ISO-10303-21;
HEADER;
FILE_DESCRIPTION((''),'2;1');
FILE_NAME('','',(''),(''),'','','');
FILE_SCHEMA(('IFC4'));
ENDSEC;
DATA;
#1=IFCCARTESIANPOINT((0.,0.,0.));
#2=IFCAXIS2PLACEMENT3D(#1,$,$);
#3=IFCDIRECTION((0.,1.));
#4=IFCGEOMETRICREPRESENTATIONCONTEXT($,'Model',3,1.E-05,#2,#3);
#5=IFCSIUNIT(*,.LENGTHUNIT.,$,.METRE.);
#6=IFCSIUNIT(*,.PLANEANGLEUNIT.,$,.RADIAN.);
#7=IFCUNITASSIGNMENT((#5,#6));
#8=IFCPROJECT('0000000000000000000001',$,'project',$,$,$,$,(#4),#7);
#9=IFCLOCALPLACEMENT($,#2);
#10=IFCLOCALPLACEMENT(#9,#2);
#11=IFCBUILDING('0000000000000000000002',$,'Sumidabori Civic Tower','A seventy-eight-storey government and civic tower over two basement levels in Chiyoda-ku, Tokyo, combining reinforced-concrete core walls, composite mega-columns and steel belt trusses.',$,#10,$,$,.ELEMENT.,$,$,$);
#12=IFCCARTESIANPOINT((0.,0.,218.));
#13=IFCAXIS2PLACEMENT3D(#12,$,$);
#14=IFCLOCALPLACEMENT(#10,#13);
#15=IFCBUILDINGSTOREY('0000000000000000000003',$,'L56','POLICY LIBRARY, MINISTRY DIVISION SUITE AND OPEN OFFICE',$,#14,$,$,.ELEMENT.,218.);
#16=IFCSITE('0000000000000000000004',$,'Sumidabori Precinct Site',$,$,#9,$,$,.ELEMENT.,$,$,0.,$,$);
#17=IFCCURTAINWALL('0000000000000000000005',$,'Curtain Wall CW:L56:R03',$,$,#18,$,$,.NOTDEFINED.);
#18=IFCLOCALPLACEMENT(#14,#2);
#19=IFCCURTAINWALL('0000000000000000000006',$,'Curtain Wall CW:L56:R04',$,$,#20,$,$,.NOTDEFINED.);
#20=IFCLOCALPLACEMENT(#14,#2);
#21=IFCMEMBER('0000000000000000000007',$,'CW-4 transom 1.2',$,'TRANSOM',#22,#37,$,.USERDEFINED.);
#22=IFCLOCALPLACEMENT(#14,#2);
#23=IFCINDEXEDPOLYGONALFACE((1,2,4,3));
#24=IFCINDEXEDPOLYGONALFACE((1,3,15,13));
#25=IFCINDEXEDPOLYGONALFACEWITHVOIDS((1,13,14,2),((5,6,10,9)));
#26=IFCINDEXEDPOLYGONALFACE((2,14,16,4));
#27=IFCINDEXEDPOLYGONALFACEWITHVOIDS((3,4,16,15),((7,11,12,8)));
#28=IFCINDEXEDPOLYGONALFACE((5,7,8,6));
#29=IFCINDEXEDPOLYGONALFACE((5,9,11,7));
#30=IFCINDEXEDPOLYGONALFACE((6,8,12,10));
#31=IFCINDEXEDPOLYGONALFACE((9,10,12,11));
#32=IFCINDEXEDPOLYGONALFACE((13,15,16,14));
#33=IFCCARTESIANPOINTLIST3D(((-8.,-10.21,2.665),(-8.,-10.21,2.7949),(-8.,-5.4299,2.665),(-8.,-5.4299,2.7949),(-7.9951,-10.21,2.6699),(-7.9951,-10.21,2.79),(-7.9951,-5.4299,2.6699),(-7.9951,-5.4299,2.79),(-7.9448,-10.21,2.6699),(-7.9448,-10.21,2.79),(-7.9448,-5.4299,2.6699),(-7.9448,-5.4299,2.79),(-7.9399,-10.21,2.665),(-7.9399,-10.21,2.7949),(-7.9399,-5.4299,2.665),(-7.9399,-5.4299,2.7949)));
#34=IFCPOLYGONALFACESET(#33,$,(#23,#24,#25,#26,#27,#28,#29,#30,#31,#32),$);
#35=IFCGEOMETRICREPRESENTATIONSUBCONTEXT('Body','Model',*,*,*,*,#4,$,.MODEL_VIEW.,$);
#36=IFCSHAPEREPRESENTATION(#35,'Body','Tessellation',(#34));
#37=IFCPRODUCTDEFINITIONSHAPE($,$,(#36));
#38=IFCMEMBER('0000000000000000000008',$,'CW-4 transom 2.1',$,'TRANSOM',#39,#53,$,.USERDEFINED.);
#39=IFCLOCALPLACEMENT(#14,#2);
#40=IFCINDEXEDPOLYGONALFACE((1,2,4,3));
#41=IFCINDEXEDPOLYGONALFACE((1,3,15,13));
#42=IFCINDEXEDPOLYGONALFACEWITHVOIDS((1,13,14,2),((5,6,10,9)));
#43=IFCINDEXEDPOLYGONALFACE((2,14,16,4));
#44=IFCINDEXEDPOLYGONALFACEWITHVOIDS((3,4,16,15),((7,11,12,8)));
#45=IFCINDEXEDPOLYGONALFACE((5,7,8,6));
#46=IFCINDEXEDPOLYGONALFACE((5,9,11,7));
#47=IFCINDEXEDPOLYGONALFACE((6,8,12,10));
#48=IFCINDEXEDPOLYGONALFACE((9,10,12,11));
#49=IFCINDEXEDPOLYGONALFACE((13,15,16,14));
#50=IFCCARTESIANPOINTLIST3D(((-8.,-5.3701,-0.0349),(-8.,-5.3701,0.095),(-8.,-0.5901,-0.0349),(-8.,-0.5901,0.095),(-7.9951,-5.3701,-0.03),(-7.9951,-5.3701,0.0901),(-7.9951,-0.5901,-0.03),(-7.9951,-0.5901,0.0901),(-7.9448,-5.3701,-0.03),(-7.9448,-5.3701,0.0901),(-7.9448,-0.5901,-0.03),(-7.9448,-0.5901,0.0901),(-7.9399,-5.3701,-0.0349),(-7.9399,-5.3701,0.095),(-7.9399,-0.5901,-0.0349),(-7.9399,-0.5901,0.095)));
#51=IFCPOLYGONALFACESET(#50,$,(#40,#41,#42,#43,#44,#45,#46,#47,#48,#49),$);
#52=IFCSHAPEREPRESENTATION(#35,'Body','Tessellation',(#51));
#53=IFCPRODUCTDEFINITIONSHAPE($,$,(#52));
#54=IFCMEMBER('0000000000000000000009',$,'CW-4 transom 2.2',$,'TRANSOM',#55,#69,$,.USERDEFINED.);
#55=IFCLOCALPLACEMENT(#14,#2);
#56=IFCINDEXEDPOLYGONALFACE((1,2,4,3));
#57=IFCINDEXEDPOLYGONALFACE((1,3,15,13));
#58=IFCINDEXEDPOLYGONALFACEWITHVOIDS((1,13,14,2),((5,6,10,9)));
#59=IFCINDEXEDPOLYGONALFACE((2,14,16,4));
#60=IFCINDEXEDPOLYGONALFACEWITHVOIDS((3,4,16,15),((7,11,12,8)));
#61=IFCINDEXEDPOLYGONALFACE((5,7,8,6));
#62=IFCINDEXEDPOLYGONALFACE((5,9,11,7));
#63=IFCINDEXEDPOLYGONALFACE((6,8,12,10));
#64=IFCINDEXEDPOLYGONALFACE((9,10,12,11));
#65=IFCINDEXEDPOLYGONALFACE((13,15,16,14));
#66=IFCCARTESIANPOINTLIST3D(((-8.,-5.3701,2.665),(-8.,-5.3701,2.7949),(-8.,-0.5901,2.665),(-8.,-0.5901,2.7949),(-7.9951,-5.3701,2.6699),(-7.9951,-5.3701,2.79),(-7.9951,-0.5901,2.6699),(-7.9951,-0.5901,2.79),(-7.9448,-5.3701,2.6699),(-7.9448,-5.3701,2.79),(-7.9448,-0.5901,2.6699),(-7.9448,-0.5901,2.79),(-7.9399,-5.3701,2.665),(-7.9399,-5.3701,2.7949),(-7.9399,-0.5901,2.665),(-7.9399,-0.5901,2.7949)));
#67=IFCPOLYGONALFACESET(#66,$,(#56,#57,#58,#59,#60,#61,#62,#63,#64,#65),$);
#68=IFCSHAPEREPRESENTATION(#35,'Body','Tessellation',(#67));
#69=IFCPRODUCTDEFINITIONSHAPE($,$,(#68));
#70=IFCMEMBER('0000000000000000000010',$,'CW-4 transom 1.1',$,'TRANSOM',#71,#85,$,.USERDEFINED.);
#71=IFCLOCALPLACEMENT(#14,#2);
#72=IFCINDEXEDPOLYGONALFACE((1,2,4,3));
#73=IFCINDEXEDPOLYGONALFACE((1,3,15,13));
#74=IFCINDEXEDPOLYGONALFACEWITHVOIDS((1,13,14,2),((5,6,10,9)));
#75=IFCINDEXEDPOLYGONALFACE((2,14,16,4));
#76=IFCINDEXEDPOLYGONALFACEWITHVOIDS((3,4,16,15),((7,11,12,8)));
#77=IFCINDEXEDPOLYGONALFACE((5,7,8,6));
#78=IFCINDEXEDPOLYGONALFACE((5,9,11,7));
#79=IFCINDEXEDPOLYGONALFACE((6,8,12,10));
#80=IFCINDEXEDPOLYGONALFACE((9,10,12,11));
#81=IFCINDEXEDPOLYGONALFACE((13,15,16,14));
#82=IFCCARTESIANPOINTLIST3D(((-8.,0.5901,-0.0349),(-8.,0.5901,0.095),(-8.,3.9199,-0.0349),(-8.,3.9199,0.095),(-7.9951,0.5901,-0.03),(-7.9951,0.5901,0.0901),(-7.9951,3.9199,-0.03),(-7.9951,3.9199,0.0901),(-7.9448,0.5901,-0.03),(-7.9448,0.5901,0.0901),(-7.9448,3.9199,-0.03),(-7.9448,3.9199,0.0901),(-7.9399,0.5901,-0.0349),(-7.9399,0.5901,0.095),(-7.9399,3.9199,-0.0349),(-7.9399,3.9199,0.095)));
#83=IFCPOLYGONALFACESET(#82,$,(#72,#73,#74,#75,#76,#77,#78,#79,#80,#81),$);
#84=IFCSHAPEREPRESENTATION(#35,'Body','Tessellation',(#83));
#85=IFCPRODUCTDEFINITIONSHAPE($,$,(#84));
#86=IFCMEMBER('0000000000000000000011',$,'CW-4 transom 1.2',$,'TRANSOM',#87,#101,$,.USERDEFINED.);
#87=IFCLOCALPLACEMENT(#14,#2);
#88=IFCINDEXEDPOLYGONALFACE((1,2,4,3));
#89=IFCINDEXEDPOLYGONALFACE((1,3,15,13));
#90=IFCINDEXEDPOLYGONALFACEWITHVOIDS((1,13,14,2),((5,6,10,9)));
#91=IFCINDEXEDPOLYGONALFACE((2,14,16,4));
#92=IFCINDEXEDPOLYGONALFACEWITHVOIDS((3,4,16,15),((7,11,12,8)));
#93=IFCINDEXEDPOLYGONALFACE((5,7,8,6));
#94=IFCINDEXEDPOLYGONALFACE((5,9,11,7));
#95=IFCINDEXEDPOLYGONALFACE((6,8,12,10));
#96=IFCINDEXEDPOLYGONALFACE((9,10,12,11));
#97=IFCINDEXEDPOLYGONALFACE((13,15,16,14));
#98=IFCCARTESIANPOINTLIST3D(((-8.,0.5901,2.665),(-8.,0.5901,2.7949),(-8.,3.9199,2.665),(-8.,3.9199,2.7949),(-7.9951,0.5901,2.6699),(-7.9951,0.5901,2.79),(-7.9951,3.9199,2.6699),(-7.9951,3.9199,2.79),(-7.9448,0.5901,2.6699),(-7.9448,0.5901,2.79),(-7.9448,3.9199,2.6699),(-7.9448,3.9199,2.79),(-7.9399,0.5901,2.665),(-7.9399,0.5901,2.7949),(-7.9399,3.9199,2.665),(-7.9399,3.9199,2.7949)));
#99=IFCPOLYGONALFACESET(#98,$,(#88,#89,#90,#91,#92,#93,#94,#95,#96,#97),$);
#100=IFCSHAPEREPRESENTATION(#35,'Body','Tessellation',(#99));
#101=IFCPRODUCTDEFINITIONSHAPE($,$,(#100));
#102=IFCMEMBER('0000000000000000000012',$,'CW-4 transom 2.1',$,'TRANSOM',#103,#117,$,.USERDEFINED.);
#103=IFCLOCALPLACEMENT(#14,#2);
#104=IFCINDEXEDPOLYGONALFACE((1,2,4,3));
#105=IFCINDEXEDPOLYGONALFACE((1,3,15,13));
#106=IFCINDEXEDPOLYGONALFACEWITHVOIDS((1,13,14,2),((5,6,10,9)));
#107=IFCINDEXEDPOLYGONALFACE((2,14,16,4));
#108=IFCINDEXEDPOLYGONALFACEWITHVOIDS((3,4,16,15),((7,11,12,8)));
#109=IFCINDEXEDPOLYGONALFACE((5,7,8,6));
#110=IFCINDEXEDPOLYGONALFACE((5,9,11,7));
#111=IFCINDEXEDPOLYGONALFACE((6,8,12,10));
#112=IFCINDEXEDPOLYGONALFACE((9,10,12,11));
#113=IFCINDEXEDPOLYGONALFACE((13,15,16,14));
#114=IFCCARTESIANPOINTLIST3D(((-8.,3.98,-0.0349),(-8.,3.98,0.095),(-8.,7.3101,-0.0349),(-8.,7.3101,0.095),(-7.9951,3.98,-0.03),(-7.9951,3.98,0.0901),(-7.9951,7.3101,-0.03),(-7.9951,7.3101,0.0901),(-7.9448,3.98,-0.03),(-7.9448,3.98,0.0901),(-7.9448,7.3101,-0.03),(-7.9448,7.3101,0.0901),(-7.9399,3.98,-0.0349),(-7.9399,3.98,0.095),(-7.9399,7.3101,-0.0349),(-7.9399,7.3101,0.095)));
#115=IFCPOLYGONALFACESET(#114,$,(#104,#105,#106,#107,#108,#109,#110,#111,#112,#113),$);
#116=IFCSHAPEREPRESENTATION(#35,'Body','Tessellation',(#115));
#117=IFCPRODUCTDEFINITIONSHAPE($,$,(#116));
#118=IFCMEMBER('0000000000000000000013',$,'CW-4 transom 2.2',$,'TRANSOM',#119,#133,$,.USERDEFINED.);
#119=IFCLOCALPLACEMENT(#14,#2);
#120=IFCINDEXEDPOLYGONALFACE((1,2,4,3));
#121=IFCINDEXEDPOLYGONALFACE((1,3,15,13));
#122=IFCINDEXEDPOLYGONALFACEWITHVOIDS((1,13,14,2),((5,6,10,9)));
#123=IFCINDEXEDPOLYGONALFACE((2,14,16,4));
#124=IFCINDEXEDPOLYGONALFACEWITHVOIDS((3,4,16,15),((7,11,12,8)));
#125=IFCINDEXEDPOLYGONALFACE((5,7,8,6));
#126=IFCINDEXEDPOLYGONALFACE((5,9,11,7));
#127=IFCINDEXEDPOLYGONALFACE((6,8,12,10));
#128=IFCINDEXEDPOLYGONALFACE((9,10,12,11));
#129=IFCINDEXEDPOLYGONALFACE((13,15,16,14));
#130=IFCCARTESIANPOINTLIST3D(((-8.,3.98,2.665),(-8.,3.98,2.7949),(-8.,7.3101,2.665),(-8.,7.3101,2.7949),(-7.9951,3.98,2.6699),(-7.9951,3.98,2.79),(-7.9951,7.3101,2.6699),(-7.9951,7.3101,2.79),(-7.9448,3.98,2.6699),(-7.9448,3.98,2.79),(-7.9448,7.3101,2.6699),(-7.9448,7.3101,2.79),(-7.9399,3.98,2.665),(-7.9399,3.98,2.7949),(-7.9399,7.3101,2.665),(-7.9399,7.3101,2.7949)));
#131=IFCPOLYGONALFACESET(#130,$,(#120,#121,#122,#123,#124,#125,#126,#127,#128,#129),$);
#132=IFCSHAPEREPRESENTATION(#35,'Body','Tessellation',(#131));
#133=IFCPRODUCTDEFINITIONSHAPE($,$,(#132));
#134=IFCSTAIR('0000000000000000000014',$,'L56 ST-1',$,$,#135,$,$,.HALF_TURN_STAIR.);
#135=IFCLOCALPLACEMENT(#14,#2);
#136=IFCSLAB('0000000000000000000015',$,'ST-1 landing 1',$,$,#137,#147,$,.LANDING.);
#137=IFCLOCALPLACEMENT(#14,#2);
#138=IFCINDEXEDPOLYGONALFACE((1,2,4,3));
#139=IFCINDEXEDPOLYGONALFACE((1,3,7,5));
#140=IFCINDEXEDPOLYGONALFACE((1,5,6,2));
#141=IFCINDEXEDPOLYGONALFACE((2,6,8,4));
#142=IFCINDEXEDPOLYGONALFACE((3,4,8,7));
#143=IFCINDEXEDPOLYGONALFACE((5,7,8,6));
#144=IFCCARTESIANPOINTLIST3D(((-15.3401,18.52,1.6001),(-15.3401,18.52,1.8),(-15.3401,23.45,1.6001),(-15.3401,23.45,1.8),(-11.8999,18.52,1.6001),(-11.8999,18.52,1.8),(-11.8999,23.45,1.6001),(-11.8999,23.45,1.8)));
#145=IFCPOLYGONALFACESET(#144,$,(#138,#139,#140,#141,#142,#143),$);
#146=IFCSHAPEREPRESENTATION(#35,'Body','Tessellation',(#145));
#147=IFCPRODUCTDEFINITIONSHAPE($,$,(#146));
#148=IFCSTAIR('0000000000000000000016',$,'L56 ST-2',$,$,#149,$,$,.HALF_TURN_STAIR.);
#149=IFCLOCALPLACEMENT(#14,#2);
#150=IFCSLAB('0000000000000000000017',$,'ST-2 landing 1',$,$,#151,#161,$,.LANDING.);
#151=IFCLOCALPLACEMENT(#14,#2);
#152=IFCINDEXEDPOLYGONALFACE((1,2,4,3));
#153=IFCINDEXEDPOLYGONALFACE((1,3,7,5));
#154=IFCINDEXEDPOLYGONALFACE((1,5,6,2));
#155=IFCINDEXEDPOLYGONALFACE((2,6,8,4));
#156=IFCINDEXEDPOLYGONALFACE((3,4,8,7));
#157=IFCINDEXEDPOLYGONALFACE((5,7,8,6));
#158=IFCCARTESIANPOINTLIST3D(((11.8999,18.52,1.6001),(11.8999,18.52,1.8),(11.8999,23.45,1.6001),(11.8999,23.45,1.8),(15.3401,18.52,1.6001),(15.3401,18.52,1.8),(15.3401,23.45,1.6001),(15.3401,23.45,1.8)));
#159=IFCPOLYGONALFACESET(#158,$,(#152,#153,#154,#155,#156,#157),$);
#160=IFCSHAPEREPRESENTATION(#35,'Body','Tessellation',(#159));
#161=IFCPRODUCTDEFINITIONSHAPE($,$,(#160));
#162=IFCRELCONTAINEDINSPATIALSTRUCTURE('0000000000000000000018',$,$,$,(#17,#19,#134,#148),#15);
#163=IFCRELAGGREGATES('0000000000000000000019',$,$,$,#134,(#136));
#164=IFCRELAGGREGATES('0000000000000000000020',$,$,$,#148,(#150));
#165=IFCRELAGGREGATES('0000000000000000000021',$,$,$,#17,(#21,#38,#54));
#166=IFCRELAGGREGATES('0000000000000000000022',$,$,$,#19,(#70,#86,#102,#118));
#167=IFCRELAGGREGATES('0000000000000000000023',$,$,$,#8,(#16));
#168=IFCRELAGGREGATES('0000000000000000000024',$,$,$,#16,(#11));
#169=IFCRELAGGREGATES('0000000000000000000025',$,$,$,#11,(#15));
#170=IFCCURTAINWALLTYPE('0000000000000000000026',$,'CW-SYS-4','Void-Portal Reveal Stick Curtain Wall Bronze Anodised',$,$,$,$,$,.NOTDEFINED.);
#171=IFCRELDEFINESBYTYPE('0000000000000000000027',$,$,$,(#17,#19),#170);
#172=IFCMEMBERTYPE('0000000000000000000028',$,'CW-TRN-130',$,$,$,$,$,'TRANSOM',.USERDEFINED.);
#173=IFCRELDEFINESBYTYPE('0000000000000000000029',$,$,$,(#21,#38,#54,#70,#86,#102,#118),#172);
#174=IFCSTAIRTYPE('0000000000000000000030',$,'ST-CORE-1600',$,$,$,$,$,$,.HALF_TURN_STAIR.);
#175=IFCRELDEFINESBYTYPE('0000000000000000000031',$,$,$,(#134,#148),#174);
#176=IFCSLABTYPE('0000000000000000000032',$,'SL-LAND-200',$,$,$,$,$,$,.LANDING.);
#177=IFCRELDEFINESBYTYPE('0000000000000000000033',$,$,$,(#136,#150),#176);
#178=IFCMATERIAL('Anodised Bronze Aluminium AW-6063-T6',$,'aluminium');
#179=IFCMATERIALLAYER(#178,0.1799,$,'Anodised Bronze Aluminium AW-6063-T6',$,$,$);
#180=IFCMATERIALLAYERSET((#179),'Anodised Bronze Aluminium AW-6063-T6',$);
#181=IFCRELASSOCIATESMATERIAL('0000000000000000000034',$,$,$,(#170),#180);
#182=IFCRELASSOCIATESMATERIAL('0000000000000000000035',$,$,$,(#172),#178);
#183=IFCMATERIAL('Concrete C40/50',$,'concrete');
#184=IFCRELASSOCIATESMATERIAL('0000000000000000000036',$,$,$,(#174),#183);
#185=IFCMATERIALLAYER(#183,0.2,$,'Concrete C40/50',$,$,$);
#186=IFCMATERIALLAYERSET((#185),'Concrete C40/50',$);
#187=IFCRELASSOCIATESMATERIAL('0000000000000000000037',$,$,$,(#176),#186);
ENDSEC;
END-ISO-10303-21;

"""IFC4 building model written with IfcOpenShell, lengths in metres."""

from ifc_helpers import new_model, si_unit, direction, frame, origin, origin_2d, place, context, subcontext, project, spatial, polyline, hollow_rectangle, outline, extrude, source, transform, mapped, material, layer, layer_set, material_profile, profile_set, type_object, element, aggregate, save


model = new_model("IFC4")

# Units and contexts
model_context = context("Model", 3, precision=1e-05, world=origin(), true_north=direction((0.0, 1.0)))
body_context = subcontext(model_context, "Body", "Model", "MODEL_VIEW")
ifc_project = project(units=[si_unit("LENGTHUNIT", "METRE"), si_unit("PLANEANGLEUNIT", "RADIAN")], contexts=[model_context])

# Site, building, storey
site_placement = place(None, origin())
site = spatial("IfcSite", under=ifc_project, at=site_placement, Name="Sumidabori Precinct Site", CompositionType="ELEMENT", RefElevation=0.0)
building_placement = place(site_placement, origin())
building = spatial("IfcBuilding", under=site, at=building_placement, Name="Sumidabori Civic Tower", Description="A seventy-eight-storey government and civic tower over two basement levels in Chiyoda-ku, Tokyo, combining reinforced-concrete core walls, composite mega-columns and steel belt trusses.", CompositionType="ELEMENT")
storey_placement = place(building_placement, frame((0.0, 0.0, 218.0)))
storey = spatial("IfcBuildingStorey", under=building, at=storey_placement, Name="L56", Description="POLICY LIBRARY, MINISTRY DIVISION SUITE AND OPEN OFFICE", CompositionType="ELEMENT", Elevation=218.0)

# Shared definitions
ifc_material_1 = material(Name="Anodised Bronze Aluminium AW-6063-T6", Category="aluminium")

# Curtain walls
ifc_layer_1 = layer(ifc_material_1, 0.1799, Name="Anodised Bronze Aluminium AW-6063-T6")
ifc_layer_set_1 = layer_set([ifc_layer_1], Name="Anodised Bronze Aluminium AW-6063-T6")
curtain_wall_type_1 = type_object("IfcCurtainWallType", Name="CW-SYS-4", Description="Void-Portal Reveal Stick Curtain Wall Bronze Anodised", PredefinedType="NOTDEFINED", material=ifc_layer_set_1)
curtain_wall_1_placement = place(storey_placement, origin())
curtain_wall_1 = element("IfcCurtainWall", 1, at=curtain_wall_1_placement, inside=storey, type_object=curtain_wall_type_1, Name="Curtain Wall CW:L56:R03", PredefinedType="NOTDEFINED")
curtain_wall_2_placement = place(storey_placement, origin())
curtain_wall_2 = element("IfcCurtainWall", 2, at=curtain_wall_2_placement, inside=storey, type_object=curtain_wall_type_1, Name="Curtain Wall CW:L56:R04", PredefinedType="NOTDEFINED")

# Members
ifc_material_profile_1 = material_profile(ifc_material_1, hollow_rectangle(XDim=0.0601, YDim=0.1299, WallThickness=0.0049, at=origin_2d()), Name="ALU TRANSOM 130x60")
ifc_profile_set_1 = profile_set([ifc_material_profile_1], Name="Anodised Bronze Aluminium AW-6063-T6")
member_type_1 = type_object("IfcMemberType", Name="CW-TRN-130", ElementType="TRANSOM", PredefinedType="USERDEFINED", material=ifc_profile_set_1)
shared_shape_1 = source(origin(), body_context, "Body", "SweptSolid", [
    extrude(hollow_rectangle(XDim=0.0601, YDim=0.1299, WallThickness=0.0049, at=origin_2d()), origin(), (0.0, 0.0, 1.0), 4.78),
])
member_1_placement = place(storey_placement, frame((-7.97, -10.21, 2.73), z_axis=(0.0, 1.0, 0.0), x_axis=(-1.0, 0.0, 0.0)))
member_1 = element("IfcMember", 3, at=member_1_placement, type_object=member_type_1, Name="CW-4 transom 1.2", ObjectType="TRANSOM", PredefinedType="USERDEFINED", context=body_context, shape_type="MappedRepresentation", body=[
    mapped(shared_shape_1, transform((0.0, 0.0, 0.0), x_axis=(1.0, 0.0, 0.0), y_axis=(0.0, 1.0, 0.0), z_axis=(0.0, 0.0, 1.0), scale=1.0)),
])
member_2_placement = place(storey_placement, frame((-7.97, -5.3701, 0.03), z_axis=(0.0, 1.0, 0.0), x_axis=(-1.0, 0.0, 0.0)))
member_2 = element("IfcMember", 4, at=member_2_placement, type_object=member_type_1, Name="CW-4 transom 2.1", ObjectType="TRANSOM", PredefinedType="USERDEFINED", context=body_context, shape_type="MappedRepresentation", body=[
    mapped(shared_shape_1, transform((0.0, 0.0, 0.0), x_axis=(1.0, 0.0, 0.0), y_axis=(0.0, 1.0, 0.0), z_axis=(0.0, 0.0, 1.0), scale=1.0)),
])
member_3_placement = place(storey_placement, frame((-7.97, -5.3701, 2.73), z_axis=(0.0, 1.0, 0.0), x_axis=(-1.0, 0.0, 0.0)))
member_3 = element("IfcMember", 5, at=member_3_placement, type_object=member_type_1, Name="CW-4 transom 2.2", ObjectType="TRANSOM", PredefinedType="USERDEFINED", context=body_context, shape_type="MappedRepresentation", body=[
    mapped(shared_shape_1, transform((0.0, 0.0, 0.0), x_axis=(1.0, 0.0, 0.0), y_axis=(0.0, 1.0, 0.0), z_axis=(0.0, 0.0, 1.0), scale=1.0)),
])
shared_shape_2 = source(origin(), body_context, "Body", "SweptSolid", [
    extrude(hollow_rectangle(XDim=0.0601, YDim=0.1299, WallThickness=0.0049, at=origin_2d()), origin(), (0.0, 0.0, 1.0), 3.3298),
])
member_4_placement = place(storey_placement, frame((-7.97, 0.5901, 0.03), z_axis=(0.0, 1.0, 0.0), x_axis=(-1.0, 0.0, 0.0)))
member_4 = element("IfcMember", 6, at=member_4_placement, type_object=member_type_1, Name="CW-4 transom 1.1", ObjectType="TRANSOM", PredefinedType="USERDEFINED", context=body_context, shape_type="MappedRepresentation", body=[
    mapped(shared_shape_2, transform((0.0, 0.0, 0.0), x_axis=(1.0, 0.0, 0.0), y_axis=(0.0, 1.0, 0.0), z_axis=(0.0, 0.0, 1.0), scale=1.0)),
])
member_5_placement = place(storey_placement, frame((-7.97, 0.5901, 2.73), z_axis=(0.0, 1.0, 0.0), x_axis=(-1.0, 0.0, 0.0)))
member_5 = element("IfcMember", 7, at=member_5_placement, type_object=member_type_1, Name="CW-4 transom 1.2", ObjectType="TRANSOM", PredefinedType="USERDEFINED", context=body_context, shape_type="MappedRepresentation", body=[
    mapped(shared_shape_2, transform((0.0, 0.0, 0.0), x_axis=(1.0, 0.0, 0.0), y_axis=(0.0, 1.0, 0.0), z_axis=(0.0, 0.0, 1.0), scale=1.0)),
])
shared_shape_3 = source(origin(), body_context, "Body", "SweptSolid", [
    extrude(hollow_rectangle(XDim=0.0601, YDim=0.1299, WallThickness=0.0049, at=origin_2d()), origin(), (0.0, 0.0, 1.0), 3.3301),
])
member_6_placement = place(storey_placement, frame((-7.97, 3.98, 0.03), z_axis=(0.0, 1.0, 0.0), x_axis=(-1.0, 0.0, 0.0)))
member_6 = element("IfcMember", 8, at=member_6_placement, type_object=member_type_1, Name="CW-4 transom 2.1", ObjectType="TRANSOM", PredefinedType="USERDEFINED", context=body_context, shape_type="MappedRepresentation", body=[
    mapped(shared_shape_3, transform((0.0, 0.0, 0.0), x_axis=(1.0, 0.0, 0.0), y_axis=(0.0, 1.0, 0.0), z_axis=(0.0, 0.0, 1.0), scale=1.0)),
])
member_7_placement = place(storey_placement, frame((-7.97, 3.98, 2.73), z_axis=(0.0, 1.0, 0.0), x_axis=(-1.0, 0.0, 0.0)))
member_7 = element("IfcMember", 9, at=member_7_placement, type_object=member_type_1, Name="CW-4 transom 2.2", ObjectType="TRANSOM", PredefinedType="USERDEFINED", context=body_context, shape_type="MappedRepresentation", body=[
    mapped(shared_shape_3, transform((0.0, 0.0, 0.0), x_axis=(1.0, 0.0, 0.0), y_axis=(0.0, 1.0, 0.0), z_axis=(0.0, 0.0, 1.0), scale=1.0)),
])

# Stairs, slabs
ifc_material_2 = material(Name="Concrete C40/50", Category="concrete")
stair_type = type_object("IfcStairType", Name="ST-CORE-1600", PredefinedType="HALF_TURN_STAIR", material=ifc_material_2)
stair_1_placement = place(storey_placement, origin())
stair_1 = element("IfcStair", 10, at=stair_1_placement, inside=storey, type_object=stair_type, Name="L56 ST-1", PredefinedType="HALF_TURN_STAIR")
ifc_layer_2 = layer(ifc_material_2, 0.2, Name="Concrete C40/50")
ifc_layer_set_2 = layer_set([ifc_layer_2], Name="Concrete C40/50")
slab_type_1 = type_object("IfcSlabType", Name="SL-LAND-200", PredefinedType="LANDING", material=ifc_layer_set_2)
slab_1_placement = place(storey_placement, frame((0.0, 0.0, 1.6001)))
slab_1 = element("IfcSlab", 11, at=slab_1_placement, type_object=slab_type_1, Name="ST-1 landing 1", PredefinedType="LANDING", context=body_context, shape_type="SweptSolid", body=[
    extrude(outline(polyline([(-11.8999, 18.52), (-11.8999, 23.45), (-15.3401, 23.45), (-15.3401, 18.52), (-11.8999, 18.52)])), origin(), (0.0, 0.0, 1.0), 0.2),
])
aggregate(stair_1, [slab_1])
stair_2_placement = place(storey_placement, origin())
stair_2 = element("IfcStair", 12, at=stair_2_placement, inside=storey, type_object=stair_type, Name="L56 ST-2", PredefinedType="HALF_TURN_STAIR")
slab_2_placement = place(storey_placement, frame((0.0, 0.0, 1.6001)))
slab_2 = element("IfcSlab", 13, at=slab_2_placement, type_object=slab_type_1, Name="ST-2 landing 1", PredefinedType="LANDING", context=body_context, shape_type="SweptSolid", body=[
    extrude(outline(polyline([(15.3401, 18.52), (15.3401, 23.45), (11.8999, 23.45), (11.8999, 18.52), (15.3401, 18.52)])), origin(), (0.0, 0.0, 1.0), 0.2),
])
aggregate(stair_2, [slab_2])

aggregate(curtain_wall_1, [member_1, member_2, member_3])
aggregate(curtain_wall_2, [member_4, member_5, member_6, member_7])

save(model, "model.ifc")
